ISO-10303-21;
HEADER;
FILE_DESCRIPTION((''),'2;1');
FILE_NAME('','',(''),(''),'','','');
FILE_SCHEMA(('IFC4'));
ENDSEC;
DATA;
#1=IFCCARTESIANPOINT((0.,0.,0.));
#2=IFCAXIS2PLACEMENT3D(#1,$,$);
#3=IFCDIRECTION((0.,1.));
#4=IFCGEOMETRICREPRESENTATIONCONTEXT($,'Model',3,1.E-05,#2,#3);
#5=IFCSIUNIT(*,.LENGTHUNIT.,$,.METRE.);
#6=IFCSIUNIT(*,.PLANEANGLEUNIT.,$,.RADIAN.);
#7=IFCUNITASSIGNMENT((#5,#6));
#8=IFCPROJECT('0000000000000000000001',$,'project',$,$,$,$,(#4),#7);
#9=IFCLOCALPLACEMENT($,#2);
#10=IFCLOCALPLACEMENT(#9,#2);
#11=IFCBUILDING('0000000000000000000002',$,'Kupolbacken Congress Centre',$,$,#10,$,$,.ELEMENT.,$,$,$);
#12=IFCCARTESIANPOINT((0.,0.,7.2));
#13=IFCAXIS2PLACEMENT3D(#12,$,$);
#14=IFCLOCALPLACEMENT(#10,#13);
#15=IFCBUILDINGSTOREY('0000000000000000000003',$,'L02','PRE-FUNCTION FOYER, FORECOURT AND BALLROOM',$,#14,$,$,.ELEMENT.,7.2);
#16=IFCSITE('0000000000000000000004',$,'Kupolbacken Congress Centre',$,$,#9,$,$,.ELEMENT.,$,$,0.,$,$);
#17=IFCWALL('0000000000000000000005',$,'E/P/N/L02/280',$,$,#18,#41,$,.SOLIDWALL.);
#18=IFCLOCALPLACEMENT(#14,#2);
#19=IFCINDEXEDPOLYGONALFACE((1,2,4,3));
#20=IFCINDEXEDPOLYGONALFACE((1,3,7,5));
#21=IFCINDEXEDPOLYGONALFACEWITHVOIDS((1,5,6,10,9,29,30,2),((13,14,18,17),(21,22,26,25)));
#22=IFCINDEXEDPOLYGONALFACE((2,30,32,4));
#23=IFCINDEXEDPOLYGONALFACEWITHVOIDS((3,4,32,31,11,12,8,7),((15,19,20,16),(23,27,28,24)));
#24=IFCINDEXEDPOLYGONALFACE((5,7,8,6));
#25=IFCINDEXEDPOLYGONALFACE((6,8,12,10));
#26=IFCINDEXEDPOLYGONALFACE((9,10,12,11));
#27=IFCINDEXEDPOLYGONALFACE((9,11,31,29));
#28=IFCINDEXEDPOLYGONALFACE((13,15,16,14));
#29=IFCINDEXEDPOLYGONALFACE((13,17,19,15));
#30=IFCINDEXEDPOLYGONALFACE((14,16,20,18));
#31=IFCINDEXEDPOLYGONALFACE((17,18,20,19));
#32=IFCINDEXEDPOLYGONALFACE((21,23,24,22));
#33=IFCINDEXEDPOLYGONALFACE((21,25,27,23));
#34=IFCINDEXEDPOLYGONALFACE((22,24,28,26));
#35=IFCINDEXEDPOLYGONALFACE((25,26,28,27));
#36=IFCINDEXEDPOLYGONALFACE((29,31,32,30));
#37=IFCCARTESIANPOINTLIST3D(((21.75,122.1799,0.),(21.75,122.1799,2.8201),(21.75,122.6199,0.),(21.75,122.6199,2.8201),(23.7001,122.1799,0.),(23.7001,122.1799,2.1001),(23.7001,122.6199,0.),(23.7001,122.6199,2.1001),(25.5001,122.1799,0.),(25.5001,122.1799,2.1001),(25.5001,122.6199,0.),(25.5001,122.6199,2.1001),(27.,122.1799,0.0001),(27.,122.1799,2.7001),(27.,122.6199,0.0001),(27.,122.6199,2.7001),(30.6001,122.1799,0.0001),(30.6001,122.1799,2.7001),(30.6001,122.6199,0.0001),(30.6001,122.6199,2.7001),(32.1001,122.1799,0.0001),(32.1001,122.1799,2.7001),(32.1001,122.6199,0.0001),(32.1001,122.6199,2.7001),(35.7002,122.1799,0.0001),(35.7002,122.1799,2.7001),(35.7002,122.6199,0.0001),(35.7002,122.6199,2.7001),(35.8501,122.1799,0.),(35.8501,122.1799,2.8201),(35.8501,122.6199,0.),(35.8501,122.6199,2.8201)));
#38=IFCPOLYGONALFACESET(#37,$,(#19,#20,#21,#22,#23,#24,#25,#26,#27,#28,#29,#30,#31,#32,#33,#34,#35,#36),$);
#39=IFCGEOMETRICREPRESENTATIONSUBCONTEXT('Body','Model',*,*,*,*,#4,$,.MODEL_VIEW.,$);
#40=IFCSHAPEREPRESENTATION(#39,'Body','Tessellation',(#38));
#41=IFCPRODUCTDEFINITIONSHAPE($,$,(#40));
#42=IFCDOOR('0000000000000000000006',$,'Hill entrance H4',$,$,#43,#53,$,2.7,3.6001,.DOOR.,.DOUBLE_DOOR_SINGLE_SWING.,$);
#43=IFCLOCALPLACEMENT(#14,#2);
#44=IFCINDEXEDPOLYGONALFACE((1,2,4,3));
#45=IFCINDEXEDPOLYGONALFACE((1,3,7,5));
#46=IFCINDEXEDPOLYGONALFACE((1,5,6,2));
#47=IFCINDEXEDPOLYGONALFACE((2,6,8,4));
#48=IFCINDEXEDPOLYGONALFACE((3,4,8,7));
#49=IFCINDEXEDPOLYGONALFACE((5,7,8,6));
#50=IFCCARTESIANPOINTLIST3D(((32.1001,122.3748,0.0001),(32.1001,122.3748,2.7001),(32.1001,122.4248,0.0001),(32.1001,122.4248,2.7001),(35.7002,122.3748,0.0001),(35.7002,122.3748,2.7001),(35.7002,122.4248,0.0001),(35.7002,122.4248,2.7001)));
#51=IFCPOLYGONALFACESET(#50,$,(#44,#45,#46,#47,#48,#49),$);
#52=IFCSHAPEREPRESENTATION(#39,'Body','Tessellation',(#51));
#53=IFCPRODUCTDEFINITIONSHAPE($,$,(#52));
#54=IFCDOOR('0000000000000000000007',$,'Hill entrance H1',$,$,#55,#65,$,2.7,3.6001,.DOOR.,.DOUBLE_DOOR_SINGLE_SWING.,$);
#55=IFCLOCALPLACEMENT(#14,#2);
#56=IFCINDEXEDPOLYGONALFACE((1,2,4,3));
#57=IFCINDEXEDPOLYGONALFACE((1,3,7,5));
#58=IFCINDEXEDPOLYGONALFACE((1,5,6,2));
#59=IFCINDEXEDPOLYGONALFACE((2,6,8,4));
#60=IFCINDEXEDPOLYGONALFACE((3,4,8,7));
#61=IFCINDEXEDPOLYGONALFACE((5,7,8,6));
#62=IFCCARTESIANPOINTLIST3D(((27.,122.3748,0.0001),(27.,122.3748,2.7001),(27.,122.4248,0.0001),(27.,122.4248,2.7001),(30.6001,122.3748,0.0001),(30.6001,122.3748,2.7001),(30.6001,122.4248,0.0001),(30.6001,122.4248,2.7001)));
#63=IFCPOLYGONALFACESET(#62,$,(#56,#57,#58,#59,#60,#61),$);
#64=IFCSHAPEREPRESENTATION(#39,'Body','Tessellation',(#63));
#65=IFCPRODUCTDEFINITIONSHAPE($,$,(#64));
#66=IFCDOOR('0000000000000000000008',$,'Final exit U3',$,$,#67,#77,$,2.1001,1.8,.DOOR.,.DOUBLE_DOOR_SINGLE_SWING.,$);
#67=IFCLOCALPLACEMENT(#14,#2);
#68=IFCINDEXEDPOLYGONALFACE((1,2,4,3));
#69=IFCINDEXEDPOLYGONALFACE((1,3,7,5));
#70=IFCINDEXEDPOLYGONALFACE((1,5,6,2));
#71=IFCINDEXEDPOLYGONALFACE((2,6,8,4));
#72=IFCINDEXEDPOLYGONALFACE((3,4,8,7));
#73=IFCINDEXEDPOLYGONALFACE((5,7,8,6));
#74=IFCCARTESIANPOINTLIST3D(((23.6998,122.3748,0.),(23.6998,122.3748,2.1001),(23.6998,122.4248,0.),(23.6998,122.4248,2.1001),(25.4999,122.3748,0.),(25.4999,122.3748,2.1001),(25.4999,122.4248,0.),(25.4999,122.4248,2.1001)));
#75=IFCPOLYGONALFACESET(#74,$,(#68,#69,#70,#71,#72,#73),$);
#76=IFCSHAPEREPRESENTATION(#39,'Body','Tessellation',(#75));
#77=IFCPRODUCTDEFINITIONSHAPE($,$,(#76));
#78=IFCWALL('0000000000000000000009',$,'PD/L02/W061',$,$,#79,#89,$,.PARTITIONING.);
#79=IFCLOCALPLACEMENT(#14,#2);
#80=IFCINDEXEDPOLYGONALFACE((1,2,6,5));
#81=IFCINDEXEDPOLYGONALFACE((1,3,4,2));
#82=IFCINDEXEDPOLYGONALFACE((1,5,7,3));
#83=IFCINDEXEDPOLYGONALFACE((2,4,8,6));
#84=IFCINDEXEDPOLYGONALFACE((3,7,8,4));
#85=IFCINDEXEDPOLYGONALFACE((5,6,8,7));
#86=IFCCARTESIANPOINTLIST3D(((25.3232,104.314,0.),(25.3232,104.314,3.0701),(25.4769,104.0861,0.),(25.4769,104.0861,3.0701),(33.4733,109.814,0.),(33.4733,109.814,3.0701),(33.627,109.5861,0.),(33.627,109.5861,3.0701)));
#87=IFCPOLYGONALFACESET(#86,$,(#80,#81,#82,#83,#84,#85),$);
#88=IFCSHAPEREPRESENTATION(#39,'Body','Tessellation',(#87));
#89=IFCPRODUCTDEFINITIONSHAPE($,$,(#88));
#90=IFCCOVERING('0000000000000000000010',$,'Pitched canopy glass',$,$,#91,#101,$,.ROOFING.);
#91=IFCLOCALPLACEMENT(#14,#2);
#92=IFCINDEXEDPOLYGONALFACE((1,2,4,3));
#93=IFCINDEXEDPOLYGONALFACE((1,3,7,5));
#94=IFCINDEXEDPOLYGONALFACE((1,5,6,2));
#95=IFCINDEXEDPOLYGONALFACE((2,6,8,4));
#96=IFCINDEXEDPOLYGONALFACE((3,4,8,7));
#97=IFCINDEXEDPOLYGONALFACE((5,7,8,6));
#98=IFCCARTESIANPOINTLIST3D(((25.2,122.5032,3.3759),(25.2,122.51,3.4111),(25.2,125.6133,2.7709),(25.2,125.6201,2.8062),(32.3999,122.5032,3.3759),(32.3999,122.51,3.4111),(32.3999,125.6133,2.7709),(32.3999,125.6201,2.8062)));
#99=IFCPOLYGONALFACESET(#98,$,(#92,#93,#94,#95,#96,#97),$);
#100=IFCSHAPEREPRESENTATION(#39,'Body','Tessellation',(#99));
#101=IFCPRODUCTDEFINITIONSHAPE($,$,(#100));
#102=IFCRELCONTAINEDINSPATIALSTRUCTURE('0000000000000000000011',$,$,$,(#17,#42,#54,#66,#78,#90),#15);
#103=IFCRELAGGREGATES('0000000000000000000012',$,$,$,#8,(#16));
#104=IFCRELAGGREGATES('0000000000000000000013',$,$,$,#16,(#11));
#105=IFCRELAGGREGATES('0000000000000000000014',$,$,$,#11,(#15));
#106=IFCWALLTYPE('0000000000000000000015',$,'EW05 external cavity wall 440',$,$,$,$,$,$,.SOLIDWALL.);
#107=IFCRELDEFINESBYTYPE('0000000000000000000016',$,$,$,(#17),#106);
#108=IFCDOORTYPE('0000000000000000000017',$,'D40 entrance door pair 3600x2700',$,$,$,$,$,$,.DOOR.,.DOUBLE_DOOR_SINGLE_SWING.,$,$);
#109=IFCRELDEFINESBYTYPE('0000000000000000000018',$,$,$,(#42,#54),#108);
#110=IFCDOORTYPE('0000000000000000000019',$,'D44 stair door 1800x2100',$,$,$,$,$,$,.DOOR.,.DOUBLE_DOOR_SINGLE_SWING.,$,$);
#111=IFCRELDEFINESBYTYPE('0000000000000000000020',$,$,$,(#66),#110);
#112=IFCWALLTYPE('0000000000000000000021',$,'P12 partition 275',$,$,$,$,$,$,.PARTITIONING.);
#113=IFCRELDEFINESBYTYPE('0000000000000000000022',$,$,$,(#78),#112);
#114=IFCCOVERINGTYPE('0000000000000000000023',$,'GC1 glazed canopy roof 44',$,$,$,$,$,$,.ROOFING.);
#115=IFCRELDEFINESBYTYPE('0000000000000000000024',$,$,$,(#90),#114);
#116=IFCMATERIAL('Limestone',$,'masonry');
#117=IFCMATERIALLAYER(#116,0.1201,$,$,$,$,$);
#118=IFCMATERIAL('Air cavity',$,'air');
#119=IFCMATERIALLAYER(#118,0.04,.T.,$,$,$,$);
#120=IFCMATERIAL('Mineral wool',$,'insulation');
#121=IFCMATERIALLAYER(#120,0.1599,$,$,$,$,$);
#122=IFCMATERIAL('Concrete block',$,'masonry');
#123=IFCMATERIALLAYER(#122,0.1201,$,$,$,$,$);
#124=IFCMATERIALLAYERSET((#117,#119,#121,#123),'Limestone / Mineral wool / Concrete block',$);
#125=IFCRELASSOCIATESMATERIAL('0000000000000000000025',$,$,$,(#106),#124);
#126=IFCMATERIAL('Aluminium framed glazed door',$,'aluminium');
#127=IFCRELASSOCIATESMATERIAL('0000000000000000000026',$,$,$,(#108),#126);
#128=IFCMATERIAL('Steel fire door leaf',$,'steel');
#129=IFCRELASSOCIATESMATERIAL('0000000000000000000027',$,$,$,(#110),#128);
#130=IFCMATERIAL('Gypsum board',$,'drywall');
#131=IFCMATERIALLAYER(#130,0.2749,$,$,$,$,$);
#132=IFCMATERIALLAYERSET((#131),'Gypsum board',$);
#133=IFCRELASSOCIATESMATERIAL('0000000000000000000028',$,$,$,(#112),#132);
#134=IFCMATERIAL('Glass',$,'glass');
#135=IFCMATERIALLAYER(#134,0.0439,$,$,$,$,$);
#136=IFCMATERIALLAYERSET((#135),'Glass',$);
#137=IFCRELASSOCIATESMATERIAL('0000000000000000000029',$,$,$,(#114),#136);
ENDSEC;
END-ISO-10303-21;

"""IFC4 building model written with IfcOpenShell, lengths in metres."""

from ifc_helpers import new_model, si_unit, direction, frame, frame_2d, origin, place, context, subcontext, project, spatial, polyline, rectangle, outline, extrude, material, layer, layer_set, type_object, element, fill, save


model = new_model("IFC4")

# Units and contexts
model_context = context("Model", 3, precision=1e-05, world=origin(), true_north=direction((0.0, 1.0)))
body_context = subcontext(model_context, "Body", "Model", "MODEL_VIEW")
ifc_project = project(units=[si_unit("LENGTHUNIT", "METRE"), si_unit("PLANEANGLEUNIT", "RADIAN")], contexts=[model_context])

# Site, building, storey
site_placement = place(None, origin())
site = spatial("IfcSite", under=ifc_project, at=site_placement, Name="Kupolbacken Congress Centre", CompositionType="ELEMENT", RefElevation=0.0)
building_placement = place(site_placement, origin())
building = spatial("IfcBuilding", under=site, at=building_placement, Name="Kupolbacken Congress Centre", CompositionType="ELEMENT")
storey_placement = place(building_placement, frame((0.0, 0.0, 7.2)))
storey = spatial("IfcBuildingStorey", under=building, at=storey_placement, Name="L02", Description="PRE-FUNCTION FOYER, FORECOURT AND BALLROOM", CompositionType="ELEMENT", Elevation=7.2)

# Wall, openings, doors
ifc_material_1 = material(Name="Limestone", Category="masonry")
ifc_layer_1 = layer(ifc_material_1, 0.1201)
ifc_material_2 = material(Name="Air cavity", Category="air")
ifc_layer_2 = layer(ifc_material_2, 0.04, ventilated=True)
ifc_material_3 = material(Name="Mineral wool", Category="insulation")
ifc_layer_3 = layer(ifc_material_3, 0.1599)
ifc_material_4 = material(Name="Concrete block", Category="masonry")
ifc_layer_4 = layer(ifc_material_4, 0.1201)
ifc_layer_set_1 = layer_set([ifc_layer_1, ifc_layer_2, ifc_layer_3, ifc_layer_4], Name="Limestone / Mineral wool / Concrete block")
wall_type_1 = type_object("IfcWallType", Name="EW05 external cavity wall 440", PredefinedType="SOLIDWALL", material=ifc_layer_set_1)
wall_1_placement = place(storey_placement, frame((35.8501, 122.3999, 0.0), z_axis=(0.0, 0.0, 1.0), x_axis=(-1.0, 0.0, 0.0)))
wall_1 = element("IfcWall", 1, at=wall_1_placement, inside=storey, type_object=wall_type_1, Name="E/P/N/L02/280", PredefinedType="SOLIDWALL", context=body_context, shape_type="SweptSolid", body=[
    extrude(rectangle(XDim=14.1001, YDim=0.4399, at=frame_2d((7.05, 0.0))), origin(), (0.0, 0.0, 1.0), 2.8201),
])
opening_1_placement = place(wall_1_placement, frame((0.1499, 0.0, 0.0)))
opening_1 = element("IfcOpeningElement", 2, at=opening_1_placement, cuts=wall_1, PredefinedType="OPENING", context=body_context, shape_type="SweptSolid", body=[
    extrude(rectangle(XDim=3.6001, YDim=2.7, at=frame_2d((1.8, 1.3501))), frame((0.0, 0.23, 0.0), z_axis=(0.0, -1.0, 0.0), x_axis=(1.0, 0.0, 0.0)), (0.0, 0.0, 1.0), 0.46),
])
opening_2_placement = place(wall_1_placement, frame((5.25, 0.0, 0.0)))
opening_2 = element("IfcOpeningElement", 3, at=opening_2_placement, cuts=wall_1, PredefinedType="OPENING", context=body_context, shape_type="SweptSolid", body=[
    extrude(rectangle(XDim=3.6001, YDim=2.7, at=frame_2d((1.8, 1.3501))), frame((0.0, 0.23, 0.0), z_axis=(0.0, -1.0, 0.0), x_axis=(1.0, 0.0, 0.0)), (0.0, 0.0, 1.0), 0.46),
])
opening_3_placement = place(wall_1_placement, frame((10.3501, 0.0, 0.0)))
opening_3 = element("IfcOpeningElement", 4, at=opening_3_placement, cuts=wall_1, PredefinedType="OPENING", context=body_context, shape_type="SweptSolid", body=[
    extrude(rectangle(XDim=1.8, YDim=2.1001, at=frame_2d((0.8999, 1.05))), frame((0.0, 0.23, 0.0), z_axis=(0.0, -1.0, 0.0), x_axis=(1.0, 0.0, 0.0)), (0.0, 0.0, 1.0), 0.46),
])
ifc_material_5 = material(Name="Aluminium framed glazed door", Category="aluminium")
door_type_1 = type_object("IfcDoorType", Name="D40 entrance door pair 3600x2700", OperationType="DOUBLE_DOOR_SINGLE_SWING", PredefinedType="DOOR", material=ifc_material_5)
door_1_placement = place(opening_1_placement, frame((3.6001, 0.0, 0.0), z_axis=(0.0, 0.0, 1.0), x_axis=(-1.0, 0.0, 0.0)))
door_1 = element("IfcDoor", 5, at=door_1_placement, inside=storey, type_object=door_type_1, Name="Hill entrance H4", OperationType="DOUBLE_DOOR_SINGLE_SWING", OverallHeight=2.7, OverallWidth=3.6001, PredefinedType="DOOR", context=body_context, shape_type="SweptSolid", body=[
    extrude(rectangle(XDim=3.6001, YDim=2.7, at=frame_2d((1.8, 1.3501))), frame((0.0, 0.0249, 0.0), z_axis=(0.0, -1.0, 0.0), x_axis=(1.0, 0.0, 0.0)), (0.0, 0.0, 1.0), 0.05),
])
fill(opening_1, door_1)
door_2_placement = place(opening_2_placement, frame((3.6001, 0.0, 0.0), z_axis=(0.0, 0.0, 1.0), x_axis=(-1.0, 0.0, 0.0)))
door_2 = element("IfcDoor", 6, at=door_2_placement, inside=storey, type_object=door_type_1, Name="Hill entrance H1", OperationType="DOUBLE_DOOR_SINGLE_SWING", OverallHeight=2.7, OverallWidth=3.6001, PredefinedType="DOOR", context=body_context, shape_type="SweptSolid", body=[
    extrude(rectangle(XDim=3.6001, YDim=2.7, at=frame_2d((1.8, 1.3501))), frame((0.0, 0.0249, 0.0), z_axis=(0.0, -1.0, 0.0), x_axis=(1.0, 0.0, 0.0)), (0.0, 0.0, 1.0), 0.05),
])
fill(opening_2, door_2)
ifc_material_6 = material(Name="Steel fire door leaf", Category="steel")
door_type_2 = type_object("IfcDoorType", Name="D44 stair door 1800x2100", OperationType="DOUBLE_DOOR_SINGLE_SWING", PredefinedType="DOOR", material=ifc_material_6)
door_3_placement = place(opening_3_placement, frame((1.8, 0.0, 0.0), z_axis=(0.0, 0.0, 1.0), x_axis=(-1.0, 0.0, 0.0)))
door_3 = element("IfcDoor", 7, at=door_3_placement, inside=storey, type_object=door_type_2, Name="Final exit U3", OperationType="DOUBLE_DOOR_SINGLE_SWING", OverallHeight=2.1001, OverallWidth=1.8, PredefinedType="DOOR", context=body_context, shape_type="SweptSolid", body=[
    extrude(rectangle(XDim=1.8, YDim=2.1001, at=frame_2d((0.8999, 1.05))), frame((0.0, 0.0249, 0.0), z_axis=(0.0, -1.0, 0.0), x_axis=(1.0, 0.0, 0.0)), (0.0, 0.0, 1.0), 0.05),
])
fill(opening_3, door_3)

# Wall
ifc_material_7 = material(Name="Gypsum board", Category="drywall")
ifc_layer_5 = layer(ifc_material_7, 0.2749)
ifc_layer_set_2 = layer_set([ifc_layer_5], Name="Gypsum board")
wall_type_2 = type_object("IfcWallType", Name="P12 partition 275", PredefinedType="PARTITIONING", material=ifc_layer_set_2)
wall_2_placement = place(storey_placement, frame((33.55, 109.7, 0.0), z_axis=(0.0, 0.0, 1.0), x_axis=(-0.828912, -0.559379, 0.0)))
element("IfcWall", 8, at=wall_2_placement, inside=storey, type_object=wall_type_2, Name="PD/L02/W061", PredefinedType="PARTITIONING", context=body_context, shape_type="SweptSolid", body=[
    extrude(rectangle(XDim=9.8323, YDim=0.2749, at=frame_2d((4.916, 0.0))), origin(), (0.0, 0.0, 1.0), 3.0701),
])

# Covering
ifc_material_8 = material(Name="Glass", Category="glass")
ifc_layer_6 = layer(ifc_material_8, 0.0439)
ifc_layer_set_3 = layer_set([ifc_layer_6], Name="Glass")
covering_type = type_object("IfcCoveringType", Name="GC1 glazed canopy roof 44", PredefinedType="ROOFING", material=ifc_layer_set_3)
covering_placement = place(storey_placement, frame((32.3999, 122.51, 3.4111), z_axis=(0.0, 0.190942, 0.981601), x_axis=(0.0, 0.981601, -0.190942)))
element("IfcCovering", 9, at=covering_placement, inside=storey, type_object=covering_type, Name="Pitched canopy glass", PredefinedType="ROOFING", context=body_context, shape_type="SweptSolid", body=[
    extrude(outline(polyline([(0.0, 0.0), (3.1684, 0.0), (3.1684, 7.2), (0.0, 7.2), (0.0, 0.0)])), origin(), (0.0, 0.0, -1.0), 0.0359),
])

save(model, "model.ifc")
